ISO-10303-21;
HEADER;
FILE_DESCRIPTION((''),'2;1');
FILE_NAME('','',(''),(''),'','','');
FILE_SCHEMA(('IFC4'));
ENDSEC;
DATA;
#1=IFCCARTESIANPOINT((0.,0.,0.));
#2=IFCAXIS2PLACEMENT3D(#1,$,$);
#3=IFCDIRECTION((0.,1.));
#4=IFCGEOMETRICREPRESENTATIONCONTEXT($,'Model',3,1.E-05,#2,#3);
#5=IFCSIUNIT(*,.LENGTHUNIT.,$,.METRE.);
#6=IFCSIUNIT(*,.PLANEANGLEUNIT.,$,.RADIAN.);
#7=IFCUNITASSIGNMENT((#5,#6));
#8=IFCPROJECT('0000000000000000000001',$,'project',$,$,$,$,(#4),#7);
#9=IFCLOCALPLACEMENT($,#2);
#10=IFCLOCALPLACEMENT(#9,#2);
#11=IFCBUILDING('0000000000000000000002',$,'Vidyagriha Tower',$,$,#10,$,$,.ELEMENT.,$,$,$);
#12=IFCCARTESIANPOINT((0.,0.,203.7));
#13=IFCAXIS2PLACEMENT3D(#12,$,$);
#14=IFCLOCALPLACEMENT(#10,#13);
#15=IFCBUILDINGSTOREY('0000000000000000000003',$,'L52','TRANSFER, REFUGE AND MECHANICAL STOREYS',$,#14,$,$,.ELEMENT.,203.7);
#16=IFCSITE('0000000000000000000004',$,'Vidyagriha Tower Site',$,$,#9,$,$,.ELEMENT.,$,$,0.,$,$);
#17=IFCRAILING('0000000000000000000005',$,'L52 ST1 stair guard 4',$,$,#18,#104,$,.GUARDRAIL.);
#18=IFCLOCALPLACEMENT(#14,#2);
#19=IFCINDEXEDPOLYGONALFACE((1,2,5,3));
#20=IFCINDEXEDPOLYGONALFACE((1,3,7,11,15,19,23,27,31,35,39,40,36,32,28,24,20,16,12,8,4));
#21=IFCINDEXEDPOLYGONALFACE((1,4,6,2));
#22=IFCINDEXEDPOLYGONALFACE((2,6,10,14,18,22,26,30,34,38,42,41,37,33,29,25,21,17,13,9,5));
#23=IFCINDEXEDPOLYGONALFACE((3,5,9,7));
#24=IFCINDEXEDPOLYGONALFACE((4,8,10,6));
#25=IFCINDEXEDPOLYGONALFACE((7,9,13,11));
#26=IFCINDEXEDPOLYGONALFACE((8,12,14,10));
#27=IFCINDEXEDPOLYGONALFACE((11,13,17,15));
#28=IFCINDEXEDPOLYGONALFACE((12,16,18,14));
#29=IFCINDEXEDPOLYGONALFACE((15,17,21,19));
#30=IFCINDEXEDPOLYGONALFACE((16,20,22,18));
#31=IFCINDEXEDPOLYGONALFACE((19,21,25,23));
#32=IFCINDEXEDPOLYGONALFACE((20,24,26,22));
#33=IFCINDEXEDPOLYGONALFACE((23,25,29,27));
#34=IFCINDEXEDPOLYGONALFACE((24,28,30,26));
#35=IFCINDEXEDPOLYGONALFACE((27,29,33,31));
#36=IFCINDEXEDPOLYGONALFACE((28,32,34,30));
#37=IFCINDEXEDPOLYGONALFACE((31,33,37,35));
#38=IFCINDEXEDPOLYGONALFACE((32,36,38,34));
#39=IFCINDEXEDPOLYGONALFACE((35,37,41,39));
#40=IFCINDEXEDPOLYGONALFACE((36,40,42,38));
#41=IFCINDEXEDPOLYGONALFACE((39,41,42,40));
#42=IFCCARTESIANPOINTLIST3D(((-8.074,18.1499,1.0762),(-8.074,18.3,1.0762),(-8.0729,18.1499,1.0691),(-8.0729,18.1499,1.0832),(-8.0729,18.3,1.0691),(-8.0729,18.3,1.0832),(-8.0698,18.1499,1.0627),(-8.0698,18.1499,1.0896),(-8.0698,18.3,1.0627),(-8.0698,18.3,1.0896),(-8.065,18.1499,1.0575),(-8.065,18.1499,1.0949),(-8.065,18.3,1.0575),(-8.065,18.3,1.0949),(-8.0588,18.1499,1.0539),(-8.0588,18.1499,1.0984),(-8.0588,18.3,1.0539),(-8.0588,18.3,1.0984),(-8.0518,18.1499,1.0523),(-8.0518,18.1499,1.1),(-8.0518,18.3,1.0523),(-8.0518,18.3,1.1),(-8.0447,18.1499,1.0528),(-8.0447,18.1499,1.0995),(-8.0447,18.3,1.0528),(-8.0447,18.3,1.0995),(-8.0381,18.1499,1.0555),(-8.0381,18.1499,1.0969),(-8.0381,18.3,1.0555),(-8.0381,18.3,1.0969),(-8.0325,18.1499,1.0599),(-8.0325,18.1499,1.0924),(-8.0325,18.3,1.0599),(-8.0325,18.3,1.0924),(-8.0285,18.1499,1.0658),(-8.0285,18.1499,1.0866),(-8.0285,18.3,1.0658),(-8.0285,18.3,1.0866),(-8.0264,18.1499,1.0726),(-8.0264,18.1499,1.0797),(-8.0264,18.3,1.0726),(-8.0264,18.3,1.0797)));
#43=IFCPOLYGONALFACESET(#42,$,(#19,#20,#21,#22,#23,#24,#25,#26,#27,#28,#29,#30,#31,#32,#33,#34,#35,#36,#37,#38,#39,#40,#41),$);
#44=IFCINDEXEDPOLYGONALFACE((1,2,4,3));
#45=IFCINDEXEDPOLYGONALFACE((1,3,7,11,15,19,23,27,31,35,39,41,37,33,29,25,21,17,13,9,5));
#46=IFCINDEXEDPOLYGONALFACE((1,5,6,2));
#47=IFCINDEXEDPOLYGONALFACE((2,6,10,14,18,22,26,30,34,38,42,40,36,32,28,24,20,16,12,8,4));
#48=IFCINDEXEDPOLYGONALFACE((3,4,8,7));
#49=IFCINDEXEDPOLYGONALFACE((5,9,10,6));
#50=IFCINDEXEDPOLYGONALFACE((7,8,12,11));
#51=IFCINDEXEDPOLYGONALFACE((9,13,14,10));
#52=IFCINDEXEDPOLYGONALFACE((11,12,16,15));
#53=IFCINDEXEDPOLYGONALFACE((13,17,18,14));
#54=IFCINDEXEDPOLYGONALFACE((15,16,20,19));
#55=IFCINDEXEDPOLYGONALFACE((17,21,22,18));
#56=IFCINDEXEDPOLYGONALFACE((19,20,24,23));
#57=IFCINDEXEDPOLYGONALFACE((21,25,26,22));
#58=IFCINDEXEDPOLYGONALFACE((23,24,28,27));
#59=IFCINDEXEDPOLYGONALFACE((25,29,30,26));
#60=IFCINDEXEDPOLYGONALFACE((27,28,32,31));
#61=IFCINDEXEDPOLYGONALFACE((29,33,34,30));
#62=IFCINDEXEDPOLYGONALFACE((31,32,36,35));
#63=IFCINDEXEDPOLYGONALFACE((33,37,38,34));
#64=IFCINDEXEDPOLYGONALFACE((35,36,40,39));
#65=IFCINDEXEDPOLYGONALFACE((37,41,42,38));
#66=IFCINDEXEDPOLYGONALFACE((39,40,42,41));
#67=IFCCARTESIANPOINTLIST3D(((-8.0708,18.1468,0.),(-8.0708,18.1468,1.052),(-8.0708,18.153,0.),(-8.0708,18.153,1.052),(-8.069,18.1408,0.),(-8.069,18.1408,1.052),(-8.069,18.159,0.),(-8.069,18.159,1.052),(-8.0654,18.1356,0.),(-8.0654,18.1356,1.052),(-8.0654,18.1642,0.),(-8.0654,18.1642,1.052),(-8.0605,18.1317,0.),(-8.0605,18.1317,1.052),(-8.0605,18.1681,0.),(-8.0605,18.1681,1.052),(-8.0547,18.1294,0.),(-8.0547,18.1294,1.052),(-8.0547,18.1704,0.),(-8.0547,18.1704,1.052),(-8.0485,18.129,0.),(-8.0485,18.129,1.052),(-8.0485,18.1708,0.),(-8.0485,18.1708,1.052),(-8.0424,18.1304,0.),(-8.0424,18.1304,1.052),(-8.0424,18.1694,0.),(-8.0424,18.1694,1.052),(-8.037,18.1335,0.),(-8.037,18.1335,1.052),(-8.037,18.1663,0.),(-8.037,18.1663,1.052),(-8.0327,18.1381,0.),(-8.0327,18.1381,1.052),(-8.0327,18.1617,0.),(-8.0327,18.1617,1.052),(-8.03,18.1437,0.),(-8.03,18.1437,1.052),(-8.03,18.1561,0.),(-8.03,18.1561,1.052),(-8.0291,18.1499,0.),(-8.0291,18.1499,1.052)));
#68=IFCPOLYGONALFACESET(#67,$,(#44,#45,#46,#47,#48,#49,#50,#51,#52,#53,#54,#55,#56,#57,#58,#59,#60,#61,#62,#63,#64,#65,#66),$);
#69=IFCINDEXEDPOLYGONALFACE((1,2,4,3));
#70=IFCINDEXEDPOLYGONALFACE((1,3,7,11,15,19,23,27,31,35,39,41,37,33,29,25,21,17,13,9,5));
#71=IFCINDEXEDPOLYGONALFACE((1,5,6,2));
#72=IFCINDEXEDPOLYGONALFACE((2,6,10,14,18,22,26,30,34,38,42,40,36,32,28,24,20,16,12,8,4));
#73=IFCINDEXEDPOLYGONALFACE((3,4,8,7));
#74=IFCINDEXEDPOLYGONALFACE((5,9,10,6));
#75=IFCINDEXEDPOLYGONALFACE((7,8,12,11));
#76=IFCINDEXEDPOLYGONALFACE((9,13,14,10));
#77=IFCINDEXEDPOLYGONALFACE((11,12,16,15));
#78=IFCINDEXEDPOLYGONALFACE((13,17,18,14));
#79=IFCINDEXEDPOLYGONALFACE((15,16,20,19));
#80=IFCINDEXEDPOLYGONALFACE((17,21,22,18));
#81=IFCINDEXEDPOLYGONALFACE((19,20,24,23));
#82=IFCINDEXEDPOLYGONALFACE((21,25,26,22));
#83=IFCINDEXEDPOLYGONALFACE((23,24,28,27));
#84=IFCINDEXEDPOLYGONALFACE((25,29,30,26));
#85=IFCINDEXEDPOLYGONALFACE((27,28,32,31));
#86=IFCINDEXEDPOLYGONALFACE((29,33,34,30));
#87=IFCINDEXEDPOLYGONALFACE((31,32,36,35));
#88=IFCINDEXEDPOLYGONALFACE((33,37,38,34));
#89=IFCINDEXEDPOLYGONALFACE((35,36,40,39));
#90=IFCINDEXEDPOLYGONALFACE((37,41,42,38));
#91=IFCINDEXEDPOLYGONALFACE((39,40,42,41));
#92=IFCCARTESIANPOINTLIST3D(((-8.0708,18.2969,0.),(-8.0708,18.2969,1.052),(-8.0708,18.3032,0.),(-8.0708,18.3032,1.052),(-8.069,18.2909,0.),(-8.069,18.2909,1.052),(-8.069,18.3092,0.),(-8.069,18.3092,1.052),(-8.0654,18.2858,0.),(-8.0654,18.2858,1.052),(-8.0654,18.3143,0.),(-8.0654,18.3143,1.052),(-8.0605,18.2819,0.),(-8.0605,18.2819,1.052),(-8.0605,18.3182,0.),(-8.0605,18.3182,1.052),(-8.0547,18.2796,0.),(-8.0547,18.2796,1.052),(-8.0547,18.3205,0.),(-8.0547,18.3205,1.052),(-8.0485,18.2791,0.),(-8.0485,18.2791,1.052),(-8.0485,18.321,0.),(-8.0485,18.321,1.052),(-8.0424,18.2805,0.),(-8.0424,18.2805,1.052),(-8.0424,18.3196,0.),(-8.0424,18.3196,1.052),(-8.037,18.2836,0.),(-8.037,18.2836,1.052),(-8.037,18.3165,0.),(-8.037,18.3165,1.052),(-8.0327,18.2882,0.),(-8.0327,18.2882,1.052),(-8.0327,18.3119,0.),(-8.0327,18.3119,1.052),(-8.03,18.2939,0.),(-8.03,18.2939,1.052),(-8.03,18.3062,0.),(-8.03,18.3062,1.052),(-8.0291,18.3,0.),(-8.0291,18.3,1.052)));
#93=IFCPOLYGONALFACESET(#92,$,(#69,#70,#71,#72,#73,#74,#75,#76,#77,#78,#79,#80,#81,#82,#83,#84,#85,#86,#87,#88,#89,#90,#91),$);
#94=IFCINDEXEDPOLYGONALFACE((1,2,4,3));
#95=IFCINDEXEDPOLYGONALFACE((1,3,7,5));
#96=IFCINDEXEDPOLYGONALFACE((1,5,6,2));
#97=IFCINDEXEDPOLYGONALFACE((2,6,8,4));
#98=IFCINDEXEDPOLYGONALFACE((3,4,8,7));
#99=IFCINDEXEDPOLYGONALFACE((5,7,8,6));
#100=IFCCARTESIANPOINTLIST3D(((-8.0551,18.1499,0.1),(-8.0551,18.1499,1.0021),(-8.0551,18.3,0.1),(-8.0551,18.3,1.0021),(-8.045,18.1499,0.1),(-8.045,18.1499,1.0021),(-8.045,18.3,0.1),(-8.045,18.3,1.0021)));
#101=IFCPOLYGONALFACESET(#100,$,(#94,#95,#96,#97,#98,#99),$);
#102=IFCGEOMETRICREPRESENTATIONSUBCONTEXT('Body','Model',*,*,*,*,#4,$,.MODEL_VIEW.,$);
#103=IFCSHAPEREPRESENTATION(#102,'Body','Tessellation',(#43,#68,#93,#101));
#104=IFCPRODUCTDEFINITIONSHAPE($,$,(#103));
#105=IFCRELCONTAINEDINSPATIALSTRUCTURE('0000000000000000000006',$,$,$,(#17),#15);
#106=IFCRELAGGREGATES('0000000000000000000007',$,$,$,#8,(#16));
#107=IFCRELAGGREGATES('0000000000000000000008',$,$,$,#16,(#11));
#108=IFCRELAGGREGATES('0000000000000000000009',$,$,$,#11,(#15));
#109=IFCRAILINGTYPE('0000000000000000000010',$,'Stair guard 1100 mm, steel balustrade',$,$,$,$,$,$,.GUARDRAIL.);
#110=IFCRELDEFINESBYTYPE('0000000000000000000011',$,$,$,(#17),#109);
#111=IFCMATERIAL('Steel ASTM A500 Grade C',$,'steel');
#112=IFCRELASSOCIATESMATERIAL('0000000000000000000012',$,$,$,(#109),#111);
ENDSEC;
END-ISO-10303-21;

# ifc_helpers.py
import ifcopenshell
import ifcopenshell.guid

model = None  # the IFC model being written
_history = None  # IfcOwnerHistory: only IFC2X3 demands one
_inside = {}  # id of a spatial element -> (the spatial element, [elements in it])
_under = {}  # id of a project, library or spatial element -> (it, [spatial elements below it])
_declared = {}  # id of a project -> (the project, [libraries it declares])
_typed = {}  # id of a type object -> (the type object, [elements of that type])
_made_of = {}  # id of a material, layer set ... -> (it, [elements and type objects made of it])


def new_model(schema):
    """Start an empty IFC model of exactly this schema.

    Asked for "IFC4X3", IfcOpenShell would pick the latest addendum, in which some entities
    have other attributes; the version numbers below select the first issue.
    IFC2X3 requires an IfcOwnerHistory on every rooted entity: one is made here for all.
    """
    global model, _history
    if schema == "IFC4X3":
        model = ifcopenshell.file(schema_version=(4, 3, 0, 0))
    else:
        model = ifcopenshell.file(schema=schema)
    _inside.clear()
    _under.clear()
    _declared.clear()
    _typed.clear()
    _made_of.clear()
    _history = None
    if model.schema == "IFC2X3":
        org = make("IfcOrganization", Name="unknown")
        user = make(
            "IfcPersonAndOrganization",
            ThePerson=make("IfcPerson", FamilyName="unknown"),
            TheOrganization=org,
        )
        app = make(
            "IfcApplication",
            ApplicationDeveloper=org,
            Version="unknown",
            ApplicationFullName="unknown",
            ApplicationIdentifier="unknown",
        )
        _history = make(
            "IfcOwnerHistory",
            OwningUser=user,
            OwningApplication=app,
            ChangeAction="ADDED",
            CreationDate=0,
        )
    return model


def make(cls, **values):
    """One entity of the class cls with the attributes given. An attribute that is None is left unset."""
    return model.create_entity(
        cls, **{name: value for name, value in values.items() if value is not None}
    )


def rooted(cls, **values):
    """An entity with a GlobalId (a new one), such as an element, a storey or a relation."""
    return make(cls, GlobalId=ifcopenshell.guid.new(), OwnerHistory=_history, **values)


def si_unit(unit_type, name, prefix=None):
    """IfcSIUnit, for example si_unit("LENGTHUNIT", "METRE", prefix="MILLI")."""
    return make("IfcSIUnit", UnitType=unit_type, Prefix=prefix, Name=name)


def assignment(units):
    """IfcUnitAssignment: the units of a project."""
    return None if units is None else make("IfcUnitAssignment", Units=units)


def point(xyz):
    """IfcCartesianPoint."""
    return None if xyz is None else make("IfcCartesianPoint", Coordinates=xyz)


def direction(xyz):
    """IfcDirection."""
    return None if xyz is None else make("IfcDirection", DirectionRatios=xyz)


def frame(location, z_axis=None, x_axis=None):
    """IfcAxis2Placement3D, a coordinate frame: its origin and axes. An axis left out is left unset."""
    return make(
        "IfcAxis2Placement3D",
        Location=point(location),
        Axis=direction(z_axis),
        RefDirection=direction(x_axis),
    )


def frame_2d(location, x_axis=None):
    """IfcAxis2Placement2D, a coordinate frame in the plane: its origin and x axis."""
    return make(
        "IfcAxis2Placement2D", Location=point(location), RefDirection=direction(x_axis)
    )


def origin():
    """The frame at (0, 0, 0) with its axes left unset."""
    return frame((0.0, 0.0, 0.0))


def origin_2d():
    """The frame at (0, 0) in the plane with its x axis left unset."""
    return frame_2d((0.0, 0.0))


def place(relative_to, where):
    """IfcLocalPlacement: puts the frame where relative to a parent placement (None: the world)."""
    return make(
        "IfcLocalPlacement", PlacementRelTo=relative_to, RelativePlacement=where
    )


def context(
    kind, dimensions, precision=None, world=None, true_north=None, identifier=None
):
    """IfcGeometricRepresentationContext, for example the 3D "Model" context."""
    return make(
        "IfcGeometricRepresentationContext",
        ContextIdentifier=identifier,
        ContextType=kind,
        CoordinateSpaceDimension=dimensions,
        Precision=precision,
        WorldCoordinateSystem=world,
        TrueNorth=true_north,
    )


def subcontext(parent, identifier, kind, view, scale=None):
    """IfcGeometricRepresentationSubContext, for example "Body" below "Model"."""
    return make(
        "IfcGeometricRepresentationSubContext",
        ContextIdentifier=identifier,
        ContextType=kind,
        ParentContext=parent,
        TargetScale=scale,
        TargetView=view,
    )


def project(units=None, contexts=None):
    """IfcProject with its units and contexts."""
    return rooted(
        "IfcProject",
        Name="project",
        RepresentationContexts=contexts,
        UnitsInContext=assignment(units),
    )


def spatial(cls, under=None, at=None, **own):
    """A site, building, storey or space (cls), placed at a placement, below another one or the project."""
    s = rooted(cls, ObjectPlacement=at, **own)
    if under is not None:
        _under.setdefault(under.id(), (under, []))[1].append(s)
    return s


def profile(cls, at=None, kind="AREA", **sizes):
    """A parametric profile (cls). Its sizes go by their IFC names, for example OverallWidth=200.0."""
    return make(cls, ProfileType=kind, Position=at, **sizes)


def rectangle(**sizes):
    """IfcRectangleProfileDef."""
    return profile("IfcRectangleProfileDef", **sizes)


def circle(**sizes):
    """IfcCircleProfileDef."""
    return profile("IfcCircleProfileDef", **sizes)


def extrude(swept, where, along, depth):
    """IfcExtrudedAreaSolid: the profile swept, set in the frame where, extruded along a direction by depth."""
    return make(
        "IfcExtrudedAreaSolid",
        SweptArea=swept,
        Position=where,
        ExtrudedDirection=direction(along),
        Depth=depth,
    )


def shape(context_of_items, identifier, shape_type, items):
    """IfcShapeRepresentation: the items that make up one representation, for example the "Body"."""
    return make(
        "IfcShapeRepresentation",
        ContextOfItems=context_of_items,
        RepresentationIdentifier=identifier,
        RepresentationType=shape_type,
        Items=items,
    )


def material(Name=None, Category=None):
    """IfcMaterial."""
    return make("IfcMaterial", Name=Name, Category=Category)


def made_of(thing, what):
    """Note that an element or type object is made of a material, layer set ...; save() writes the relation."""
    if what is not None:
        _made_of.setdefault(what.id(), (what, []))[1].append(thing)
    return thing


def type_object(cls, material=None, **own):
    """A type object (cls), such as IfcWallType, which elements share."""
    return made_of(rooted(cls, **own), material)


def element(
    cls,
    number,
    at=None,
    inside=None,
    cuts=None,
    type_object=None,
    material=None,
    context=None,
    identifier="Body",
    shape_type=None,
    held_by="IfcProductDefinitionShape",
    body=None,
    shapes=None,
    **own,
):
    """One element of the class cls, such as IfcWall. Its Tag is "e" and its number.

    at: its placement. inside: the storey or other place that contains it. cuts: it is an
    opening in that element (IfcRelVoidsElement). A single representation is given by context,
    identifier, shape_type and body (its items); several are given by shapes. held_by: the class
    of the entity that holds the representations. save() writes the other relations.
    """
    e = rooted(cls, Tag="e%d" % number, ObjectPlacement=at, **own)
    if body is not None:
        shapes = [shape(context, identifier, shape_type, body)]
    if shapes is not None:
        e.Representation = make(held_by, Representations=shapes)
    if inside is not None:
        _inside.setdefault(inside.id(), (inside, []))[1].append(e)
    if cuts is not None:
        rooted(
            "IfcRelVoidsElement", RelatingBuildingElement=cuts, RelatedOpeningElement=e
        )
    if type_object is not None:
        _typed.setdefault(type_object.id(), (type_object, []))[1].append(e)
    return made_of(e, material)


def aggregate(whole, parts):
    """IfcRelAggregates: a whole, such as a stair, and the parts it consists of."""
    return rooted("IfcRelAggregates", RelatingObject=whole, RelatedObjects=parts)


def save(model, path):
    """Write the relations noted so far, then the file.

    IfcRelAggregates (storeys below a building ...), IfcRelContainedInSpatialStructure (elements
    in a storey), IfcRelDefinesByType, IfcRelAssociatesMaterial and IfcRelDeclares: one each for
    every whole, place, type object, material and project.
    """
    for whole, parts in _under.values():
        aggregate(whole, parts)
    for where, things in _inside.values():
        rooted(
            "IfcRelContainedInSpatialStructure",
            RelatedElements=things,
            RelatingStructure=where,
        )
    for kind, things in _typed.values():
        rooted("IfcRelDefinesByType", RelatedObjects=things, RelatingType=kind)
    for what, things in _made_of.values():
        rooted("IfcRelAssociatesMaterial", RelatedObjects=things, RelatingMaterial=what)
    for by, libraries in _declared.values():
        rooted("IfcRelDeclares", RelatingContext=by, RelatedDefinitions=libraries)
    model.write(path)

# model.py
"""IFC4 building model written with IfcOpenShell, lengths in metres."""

from ifc_helpers import new_model, si_unit, direction, frame, origin, origin_2d, place, context, subcontext, project, spatial, rectangle, circle, extrude, material, type_object, element, save


model = new_model("IFC4")

# Units and contexts
model_context = context("Model", 3, precision=1e-05, world=origin(), true_north=direction((0.0, 1.0)))
body_context = subcontext(model_context, "Body", "Model", "MODEL_VIEW")
ifc_project = project(units=[si_unit("LENGTHUNIT", "METRE"), si_unit("PLANEANGLEUNIT", "RADIAN")], contexts=[model_context])

# Site, building, storey
site_placement = place(None, origin())
site = spatial("IfcSite", under=ifc_project, at=site_placement, Name="Vidyagriha Tower Site", CompositionType="ELEMENT", RefElevation=0.0)
building_placement = place(site_placement, origin())
building = spatial("IfcBuilding", under=site, at=building_placement, Name="Vidyagriha Tower", CompositionType="ELEMENT")
storey_placement = place(building_placement, frame((0.0, 0.0, 203.7)))
storey = spatial("IfcBuildingStorey", under=building, at=storey_placement, Name="L52", Description="TRANSFER, REFUGE AND MECHANICAL STOREYS", CompositionType="ELEMENT", Elevation=203.7)

# Railing
ifc_material_1 = material(Name="Steel ASTM A500 Grade C", Category="steel")
railing_type_1 = type_object("IfcRailingType", Name="Stair guard 1100 mm, steel balustrade", PredefinedType="GUARDRAIL", material=ifc_material_1)
railing_1_placement = place(storey_placement, frame((-8.05, 18.1499, 0.0)))
element("IfcRailing", 1, at=railing_1_placement, inside=storey, type_object=railing_type_1, Name="L52 ST1 stair guard 4", PredefinedType="GUARDRAIL", context=body_context, shape_type="SweptSolid", body=[
    extrude(circle(Radius=0.0239, at=origin_2d()), frame((0.0, 0.0, 1.0762), z_axis=(0.0, 1.0, 0.0), x_axis=(-1.0, 0.0, 0.0)), (0.0, 0.0, 1.0), 0.1501),
    extrude(circle(Radius=0.021, at=origin_2d()), origin(), (0.0, 0.0, 1.0), 1.052),
    extrude(circle(Radius=0.021, at=origin_2d()), frame((0.0, 0.1501, 0.0)), (0.0, 0.0, 1.0), 1.052),
    extrude(rectangle(XDim=0.01, YDim=0.9021, at=origin_2d()), frame((0.0, 0.0, 0.551), z_axis=(0.0, 1.0, 0.0), x_axis=(-1.0, 0.0, 0.0)), (0.0, 0.0, 1.0), 0.1501),
])

save(model, "model.ifc")
